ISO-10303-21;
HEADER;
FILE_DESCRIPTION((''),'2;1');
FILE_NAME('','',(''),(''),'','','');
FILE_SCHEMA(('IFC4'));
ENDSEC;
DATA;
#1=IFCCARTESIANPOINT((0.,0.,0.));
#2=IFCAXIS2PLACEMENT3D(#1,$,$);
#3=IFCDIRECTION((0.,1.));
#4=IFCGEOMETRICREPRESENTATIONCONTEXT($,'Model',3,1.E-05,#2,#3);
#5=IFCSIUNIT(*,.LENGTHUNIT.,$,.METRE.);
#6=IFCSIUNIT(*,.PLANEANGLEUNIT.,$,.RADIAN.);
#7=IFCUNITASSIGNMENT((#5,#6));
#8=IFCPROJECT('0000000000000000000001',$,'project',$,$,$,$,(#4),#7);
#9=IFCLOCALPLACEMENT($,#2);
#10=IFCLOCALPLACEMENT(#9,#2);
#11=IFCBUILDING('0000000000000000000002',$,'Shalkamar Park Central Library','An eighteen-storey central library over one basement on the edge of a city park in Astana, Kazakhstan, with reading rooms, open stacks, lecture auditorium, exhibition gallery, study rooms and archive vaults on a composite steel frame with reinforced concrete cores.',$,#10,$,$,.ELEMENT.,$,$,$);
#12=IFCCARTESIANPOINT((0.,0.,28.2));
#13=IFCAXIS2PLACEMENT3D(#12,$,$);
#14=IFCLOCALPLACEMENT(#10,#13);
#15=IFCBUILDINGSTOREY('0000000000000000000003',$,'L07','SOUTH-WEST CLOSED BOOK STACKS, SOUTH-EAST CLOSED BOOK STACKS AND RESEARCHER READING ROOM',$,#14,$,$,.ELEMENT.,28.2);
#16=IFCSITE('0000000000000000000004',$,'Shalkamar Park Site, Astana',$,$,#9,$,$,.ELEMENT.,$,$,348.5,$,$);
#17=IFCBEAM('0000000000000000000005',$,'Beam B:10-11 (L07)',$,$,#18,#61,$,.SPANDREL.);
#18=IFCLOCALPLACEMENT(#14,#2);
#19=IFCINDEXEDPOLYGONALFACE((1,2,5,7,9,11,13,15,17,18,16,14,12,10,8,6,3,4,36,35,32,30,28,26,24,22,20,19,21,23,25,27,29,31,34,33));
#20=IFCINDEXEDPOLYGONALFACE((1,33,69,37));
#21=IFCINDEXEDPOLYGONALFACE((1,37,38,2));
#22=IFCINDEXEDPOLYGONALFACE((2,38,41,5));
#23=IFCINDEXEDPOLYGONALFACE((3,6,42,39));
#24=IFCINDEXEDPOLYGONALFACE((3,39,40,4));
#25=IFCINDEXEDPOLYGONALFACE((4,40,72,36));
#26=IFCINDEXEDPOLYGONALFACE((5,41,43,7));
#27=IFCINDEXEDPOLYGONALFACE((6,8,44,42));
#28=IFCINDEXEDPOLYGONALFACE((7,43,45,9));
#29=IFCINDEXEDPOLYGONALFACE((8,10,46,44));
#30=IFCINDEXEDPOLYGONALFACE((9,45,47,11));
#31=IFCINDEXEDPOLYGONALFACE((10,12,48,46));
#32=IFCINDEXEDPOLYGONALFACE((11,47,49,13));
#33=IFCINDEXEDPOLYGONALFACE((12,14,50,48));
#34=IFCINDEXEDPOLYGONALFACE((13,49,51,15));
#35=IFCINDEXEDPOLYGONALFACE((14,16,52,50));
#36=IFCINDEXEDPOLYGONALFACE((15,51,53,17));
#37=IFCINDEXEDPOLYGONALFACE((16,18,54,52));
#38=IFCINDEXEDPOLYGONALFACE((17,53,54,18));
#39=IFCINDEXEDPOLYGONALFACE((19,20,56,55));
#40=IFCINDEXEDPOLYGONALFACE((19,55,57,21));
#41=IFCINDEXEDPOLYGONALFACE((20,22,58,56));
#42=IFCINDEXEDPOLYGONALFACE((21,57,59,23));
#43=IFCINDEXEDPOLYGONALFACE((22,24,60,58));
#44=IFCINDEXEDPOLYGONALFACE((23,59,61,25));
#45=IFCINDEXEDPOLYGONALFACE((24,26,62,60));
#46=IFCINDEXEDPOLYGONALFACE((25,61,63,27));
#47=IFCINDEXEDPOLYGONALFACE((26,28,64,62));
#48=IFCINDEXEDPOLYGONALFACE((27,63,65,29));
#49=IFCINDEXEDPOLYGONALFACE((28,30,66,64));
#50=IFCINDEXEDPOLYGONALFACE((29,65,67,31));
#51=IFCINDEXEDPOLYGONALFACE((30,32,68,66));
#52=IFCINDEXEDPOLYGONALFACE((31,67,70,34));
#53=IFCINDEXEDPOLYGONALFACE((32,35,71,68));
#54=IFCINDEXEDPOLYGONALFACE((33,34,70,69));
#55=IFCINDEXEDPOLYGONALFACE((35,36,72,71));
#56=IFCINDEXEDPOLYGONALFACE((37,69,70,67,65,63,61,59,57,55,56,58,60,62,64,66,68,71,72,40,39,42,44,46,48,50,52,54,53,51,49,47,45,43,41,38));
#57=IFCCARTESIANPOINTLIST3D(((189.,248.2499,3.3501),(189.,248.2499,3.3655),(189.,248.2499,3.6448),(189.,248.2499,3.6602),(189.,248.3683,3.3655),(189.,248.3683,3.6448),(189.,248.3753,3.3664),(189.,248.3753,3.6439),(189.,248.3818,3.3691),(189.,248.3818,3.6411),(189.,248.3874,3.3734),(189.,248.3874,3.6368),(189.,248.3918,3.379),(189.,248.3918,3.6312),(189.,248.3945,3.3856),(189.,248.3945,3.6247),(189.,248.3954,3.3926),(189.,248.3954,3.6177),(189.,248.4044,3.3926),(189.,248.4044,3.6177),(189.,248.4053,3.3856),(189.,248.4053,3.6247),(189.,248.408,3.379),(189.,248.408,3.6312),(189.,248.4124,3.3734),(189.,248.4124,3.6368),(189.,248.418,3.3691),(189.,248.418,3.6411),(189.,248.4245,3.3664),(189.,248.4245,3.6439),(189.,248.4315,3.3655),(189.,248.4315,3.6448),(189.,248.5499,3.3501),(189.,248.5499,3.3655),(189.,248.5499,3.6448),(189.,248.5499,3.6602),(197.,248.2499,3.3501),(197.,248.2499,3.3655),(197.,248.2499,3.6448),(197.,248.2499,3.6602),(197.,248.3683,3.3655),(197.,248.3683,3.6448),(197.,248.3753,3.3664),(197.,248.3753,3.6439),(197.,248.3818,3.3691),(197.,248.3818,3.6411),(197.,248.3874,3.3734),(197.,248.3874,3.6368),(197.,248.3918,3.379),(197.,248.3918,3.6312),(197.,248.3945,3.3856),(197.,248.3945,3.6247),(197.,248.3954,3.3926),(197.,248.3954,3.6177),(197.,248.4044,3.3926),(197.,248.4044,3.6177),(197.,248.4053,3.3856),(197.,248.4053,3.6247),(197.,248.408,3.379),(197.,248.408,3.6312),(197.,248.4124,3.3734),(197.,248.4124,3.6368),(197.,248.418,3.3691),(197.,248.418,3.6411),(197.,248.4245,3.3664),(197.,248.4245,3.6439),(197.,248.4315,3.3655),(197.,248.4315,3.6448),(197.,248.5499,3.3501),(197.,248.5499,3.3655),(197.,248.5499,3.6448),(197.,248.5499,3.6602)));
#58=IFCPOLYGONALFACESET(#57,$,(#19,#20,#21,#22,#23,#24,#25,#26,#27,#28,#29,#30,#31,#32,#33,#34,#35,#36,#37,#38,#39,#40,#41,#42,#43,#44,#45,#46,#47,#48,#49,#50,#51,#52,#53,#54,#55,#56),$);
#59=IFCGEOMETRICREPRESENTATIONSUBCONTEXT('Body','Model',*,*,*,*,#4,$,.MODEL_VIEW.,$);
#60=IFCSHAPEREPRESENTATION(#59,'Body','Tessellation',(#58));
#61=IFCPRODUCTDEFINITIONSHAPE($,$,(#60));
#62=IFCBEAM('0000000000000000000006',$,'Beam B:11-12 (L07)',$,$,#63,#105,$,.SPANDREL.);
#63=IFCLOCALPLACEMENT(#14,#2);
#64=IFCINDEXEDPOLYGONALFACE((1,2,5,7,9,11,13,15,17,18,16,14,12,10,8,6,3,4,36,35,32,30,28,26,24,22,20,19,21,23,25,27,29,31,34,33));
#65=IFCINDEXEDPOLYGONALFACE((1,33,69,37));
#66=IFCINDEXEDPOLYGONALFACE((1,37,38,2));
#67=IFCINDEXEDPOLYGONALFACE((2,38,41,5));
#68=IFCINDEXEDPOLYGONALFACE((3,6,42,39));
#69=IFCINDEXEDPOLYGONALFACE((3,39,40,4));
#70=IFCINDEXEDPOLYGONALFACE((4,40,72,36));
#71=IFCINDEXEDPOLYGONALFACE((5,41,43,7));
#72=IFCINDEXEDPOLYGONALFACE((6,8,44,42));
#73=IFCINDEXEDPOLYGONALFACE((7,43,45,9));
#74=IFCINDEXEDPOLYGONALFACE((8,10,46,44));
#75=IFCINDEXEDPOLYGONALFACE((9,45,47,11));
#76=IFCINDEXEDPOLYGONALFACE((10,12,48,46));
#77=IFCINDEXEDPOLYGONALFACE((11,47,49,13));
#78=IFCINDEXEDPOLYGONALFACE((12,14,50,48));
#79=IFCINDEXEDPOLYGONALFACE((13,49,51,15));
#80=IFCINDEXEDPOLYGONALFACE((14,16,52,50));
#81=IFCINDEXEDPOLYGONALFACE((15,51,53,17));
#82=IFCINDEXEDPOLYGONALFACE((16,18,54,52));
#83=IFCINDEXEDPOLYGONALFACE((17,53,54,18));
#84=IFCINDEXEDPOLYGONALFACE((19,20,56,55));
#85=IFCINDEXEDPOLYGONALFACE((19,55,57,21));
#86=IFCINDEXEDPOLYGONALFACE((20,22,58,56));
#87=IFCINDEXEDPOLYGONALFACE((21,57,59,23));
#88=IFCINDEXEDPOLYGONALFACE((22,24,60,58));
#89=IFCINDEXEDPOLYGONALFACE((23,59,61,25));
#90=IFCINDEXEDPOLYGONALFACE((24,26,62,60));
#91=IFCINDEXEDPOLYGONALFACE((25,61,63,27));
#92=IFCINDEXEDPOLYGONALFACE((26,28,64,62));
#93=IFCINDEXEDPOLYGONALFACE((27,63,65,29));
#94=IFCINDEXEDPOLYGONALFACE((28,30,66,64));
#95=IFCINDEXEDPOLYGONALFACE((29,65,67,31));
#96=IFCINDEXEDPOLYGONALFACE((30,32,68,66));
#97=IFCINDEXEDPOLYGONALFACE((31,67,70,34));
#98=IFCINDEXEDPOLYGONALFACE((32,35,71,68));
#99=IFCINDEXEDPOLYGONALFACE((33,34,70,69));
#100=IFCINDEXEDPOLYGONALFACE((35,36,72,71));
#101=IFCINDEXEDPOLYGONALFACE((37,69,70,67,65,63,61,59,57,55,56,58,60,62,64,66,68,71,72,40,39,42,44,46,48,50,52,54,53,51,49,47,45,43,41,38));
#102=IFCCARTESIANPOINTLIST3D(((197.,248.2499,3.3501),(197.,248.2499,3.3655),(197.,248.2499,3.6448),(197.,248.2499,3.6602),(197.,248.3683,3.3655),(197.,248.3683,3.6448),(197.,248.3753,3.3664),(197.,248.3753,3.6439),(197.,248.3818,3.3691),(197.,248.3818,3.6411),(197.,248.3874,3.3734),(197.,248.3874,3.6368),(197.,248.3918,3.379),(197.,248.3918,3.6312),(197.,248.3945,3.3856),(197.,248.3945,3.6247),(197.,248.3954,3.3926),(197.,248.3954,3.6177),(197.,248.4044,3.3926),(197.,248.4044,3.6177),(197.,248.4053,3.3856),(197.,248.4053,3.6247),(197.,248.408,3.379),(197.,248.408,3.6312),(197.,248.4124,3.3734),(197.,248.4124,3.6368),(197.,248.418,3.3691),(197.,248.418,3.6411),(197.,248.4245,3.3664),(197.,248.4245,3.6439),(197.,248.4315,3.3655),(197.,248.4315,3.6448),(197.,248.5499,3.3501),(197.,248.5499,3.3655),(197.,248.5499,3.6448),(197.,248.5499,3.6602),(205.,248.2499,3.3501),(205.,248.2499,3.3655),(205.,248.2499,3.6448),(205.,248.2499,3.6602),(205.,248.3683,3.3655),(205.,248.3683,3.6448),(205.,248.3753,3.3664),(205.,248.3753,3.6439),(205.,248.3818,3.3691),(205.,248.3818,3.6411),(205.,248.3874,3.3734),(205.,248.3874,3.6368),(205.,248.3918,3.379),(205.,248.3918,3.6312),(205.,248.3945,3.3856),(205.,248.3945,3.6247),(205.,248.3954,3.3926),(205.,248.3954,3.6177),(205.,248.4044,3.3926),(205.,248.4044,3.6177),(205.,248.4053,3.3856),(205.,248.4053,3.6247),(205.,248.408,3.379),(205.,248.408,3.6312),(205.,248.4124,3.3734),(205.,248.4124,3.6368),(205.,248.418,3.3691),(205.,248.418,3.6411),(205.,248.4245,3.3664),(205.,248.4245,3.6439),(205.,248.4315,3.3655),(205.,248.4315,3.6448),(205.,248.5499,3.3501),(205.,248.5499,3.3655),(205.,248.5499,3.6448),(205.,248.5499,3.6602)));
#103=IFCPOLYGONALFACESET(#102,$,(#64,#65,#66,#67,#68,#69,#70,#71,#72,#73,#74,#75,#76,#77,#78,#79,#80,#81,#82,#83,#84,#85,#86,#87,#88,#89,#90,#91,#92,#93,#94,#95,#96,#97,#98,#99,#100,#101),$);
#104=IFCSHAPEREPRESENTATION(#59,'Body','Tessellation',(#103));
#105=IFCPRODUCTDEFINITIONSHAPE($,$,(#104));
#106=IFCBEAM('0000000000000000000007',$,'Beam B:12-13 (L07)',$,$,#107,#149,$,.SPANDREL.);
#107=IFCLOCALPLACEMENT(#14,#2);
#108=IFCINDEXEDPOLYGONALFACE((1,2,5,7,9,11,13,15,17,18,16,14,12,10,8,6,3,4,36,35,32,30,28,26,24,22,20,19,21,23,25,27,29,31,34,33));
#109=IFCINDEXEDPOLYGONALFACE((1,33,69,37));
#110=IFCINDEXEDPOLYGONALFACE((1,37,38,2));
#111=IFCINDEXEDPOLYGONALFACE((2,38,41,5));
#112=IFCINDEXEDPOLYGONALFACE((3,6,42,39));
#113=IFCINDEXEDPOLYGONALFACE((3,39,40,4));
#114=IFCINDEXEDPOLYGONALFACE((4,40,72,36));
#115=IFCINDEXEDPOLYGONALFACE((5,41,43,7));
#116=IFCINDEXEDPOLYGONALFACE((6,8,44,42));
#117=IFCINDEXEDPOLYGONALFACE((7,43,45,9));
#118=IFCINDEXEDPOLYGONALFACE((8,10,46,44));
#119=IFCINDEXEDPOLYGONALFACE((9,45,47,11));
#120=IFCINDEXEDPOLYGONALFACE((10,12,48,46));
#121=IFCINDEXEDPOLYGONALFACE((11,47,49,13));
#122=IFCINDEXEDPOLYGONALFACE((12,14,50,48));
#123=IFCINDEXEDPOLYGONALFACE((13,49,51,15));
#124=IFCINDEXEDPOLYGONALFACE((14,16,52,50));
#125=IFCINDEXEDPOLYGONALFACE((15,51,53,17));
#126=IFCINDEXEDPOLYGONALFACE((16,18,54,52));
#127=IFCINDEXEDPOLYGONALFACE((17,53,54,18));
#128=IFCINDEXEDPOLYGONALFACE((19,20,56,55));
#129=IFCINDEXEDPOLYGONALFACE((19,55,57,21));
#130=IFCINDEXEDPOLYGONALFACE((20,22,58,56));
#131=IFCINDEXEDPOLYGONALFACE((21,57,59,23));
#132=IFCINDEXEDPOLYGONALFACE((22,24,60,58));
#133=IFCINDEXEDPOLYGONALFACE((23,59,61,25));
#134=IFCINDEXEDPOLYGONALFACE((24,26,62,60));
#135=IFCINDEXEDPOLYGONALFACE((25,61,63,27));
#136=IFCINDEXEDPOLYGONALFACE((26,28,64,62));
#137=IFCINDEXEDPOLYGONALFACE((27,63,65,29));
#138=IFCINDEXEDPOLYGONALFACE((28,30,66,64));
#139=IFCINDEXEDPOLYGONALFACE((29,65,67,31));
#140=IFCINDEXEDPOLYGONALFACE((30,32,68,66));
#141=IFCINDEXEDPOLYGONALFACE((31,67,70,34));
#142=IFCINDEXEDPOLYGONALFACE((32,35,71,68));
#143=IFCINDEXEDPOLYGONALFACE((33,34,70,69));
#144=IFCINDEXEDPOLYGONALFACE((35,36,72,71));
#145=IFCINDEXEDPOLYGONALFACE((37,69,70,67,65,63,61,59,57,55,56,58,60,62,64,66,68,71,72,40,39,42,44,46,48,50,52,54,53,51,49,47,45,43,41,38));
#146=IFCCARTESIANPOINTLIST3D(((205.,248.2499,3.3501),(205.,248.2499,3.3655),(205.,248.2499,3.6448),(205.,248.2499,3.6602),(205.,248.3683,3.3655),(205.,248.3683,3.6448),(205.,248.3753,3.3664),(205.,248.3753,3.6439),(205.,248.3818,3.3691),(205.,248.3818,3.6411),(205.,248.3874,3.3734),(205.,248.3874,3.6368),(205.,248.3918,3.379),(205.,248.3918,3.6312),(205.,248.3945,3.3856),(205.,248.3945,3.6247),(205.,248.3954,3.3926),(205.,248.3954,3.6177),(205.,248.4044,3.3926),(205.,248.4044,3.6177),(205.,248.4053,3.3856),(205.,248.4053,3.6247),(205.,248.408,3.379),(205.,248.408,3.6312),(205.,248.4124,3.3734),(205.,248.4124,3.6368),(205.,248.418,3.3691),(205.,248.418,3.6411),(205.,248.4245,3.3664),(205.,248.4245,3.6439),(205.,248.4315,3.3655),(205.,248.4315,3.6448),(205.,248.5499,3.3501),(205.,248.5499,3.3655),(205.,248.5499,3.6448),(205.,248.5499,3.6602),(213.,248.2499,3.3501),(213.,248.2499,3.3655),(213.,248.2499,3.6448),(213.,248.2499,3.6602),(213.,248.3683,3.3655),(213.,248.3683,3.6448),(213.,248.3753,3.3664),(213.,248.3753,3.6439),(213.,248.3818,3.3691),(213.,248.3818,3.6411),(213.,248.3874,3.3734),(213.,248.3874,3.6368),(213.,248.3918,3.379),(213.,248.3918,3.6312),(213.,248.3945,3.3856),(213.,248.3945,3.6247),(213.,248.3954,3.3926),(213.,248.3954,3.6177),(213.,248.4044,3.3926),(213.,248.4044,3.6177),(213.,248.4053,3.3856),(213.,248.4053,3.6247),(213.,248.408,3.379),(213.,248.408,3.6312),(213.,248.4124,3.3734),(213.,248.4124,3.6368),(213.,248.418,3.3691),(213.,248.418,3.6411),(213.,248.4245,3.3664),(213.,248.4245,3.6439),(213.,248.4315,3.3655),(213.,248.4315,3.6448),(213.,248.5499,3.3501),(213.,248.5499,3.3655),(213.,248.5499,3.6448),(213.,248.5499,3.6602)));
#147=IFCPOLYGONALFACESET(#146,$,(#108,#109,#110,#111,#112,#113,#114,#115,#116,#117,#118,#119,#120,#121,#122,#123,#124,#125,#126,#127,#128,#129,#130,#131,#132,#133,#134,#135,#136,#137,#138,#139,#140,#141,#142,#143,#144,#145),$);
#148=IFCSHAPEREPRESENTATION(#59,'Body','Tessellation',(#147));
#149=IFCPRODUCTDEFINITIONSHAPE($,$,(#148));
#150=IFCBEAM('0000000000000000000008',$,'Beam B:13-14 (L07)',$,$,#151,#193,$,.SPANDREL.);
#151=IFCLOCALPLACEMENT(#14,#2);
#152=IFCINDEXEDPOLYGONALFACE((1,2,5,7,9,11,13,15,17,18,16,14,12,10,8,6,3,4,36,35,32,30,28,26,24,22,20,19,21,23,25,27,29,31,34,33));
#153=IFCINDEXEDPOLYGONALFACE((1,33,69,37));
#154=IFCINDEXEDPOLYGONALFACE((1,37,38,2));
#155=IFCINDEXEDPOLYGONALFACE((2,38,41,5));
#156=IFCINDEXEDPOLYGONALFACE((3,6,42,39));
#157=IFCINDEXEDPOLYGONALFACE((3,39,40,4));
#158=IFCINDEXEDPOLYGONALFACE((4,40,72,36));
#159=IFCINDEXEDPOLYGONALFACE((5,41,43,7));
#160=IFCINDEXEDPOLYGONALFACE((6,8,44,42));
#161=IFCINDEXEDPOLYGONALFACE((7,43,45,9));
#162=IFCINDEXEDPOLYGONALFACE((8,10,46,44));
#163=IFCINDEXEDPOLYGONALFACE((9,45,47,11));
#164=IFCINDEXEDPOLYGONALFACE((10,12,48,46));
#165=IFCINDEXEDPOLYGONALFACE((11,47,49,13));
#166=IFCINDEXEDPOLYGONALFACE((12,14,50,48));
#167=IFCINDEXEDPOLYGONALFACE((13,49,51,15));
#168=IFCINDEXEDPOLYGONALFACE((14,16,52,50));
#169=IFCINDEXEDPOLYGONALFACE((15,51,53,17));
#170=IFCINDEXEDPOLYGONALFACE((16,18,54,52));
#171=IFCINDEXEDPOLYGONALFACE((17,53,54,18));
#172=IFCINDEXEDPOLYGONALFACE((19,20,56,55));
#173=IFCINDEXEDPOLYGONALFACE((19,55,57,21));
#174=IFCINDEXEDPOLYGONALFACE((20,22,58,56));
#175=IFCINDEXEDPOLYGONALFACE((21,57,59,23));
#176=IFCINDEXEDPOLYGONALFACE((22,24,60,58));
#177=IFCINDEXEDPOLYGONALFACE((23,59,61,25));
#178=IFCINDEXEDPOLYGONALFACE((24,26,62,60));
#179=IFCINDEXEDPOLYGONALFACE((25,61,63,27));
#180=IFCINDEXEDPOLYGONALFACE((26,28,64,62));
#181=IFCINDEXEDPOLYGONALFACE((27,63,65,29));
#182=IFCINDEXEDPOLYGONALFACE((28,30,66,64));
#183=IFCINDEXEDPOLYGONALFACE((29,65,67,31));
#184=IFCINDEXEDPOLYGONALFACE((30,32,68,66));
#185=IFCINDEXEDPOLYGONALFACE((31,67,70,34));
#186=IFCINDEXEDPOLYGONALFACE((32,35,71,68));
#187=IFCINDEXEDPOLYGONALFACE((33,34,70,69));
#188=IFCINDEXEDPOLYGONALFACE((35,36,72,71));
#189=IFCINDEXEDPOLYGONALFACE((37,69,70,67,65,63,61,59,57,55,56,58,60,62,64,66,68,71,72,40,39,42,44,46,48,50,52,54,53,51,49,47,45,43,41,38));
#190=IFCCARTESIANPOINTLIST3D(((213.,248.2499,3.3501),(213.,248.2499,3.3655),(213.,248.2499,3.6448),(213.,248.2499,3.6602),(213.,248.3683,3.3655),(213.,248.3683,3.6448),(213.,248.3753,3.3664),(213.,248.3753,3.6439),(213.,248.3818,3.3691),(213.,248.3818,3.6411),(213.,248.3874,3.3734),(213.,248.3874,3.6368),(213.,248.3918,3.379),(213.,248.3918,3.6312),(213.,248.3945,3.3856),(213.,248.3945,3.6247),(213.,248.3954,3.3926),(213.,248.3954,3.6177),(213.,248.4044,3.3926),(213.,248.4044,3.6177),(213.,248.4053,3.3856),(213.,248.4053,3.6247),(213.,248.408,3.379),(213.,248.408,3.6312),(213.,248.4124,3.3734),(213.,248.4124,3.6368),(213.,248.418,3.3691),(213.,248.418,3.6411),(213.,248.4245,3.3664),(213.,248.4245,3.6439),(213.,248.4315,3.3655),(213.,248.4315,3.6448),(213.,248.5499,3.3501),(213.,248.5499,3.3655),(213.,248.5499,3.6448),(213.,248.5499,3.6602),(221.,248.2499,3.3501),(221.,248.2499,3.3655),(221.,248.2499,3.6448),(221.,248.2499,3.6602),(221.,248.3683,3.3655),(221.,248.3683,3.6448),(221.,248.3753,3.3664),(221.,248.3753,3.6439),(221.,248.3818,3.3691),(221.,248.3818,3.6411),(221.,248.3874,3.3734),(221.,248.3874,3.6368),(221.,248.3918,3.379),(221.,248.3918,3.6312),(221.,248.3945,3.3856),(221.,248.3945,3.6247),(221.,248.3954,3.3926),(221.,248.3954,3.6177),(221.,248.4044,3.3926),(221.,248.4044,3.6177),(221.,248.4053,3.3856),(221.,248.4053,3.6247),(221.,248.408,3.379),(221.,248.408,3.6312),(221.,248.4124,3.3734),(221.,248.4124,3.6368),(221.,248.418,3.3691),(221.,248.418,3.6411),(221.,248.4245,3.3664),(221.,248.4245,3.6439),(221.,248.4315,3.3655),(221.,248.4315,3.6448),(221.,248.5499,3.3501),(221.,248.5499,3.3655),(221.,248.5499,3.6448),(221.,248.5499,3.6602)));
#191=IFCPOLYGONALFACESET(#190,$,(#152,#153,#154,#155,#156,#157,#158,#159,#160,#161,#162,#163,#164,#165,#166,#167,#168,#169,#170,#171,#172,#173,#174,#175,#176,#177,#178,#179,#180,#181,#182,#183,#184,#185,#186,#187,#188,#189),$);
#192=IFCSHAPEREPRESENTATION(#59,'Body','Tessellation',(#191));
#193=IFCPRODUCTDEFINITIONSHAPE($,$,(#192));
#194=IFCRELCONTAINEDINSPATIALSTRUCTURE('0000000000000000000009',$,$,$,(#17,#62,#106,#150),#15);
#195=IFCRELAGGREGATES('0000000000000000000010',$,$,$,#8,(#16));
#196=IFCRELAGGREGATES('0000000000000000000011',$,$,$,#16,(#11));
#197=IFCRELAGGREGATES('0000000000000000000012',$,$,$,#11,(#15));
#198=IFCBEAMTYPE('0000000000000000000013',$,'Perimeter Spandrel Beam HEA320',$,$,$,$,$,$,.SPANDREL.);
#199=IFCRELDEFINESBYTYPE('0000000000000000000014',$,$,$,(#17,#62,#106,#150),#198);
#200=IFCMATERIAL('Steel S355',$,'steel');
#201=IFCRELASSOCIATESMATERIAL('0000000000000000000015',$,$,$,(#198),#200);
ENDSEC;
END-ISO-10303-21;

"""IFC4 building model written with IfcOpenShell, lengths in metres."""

from ifc_helpers import new_model, si_unit, direction, frame, origin, origin_2d, place, context, subcontext, project, spatial, i_section, extrude, material, material_profile, profile_set, type_object, element, save


model = new_model("IFC4")

# Units and contexts
model_context = context("Model", 3, precision=1e-05, world=origin(), true_north=direction((0.0, 1.0)))
body_context = subcontext(model_context, "Body", "Model", "MODEL_VIEW")
ifc_project = project(units=[si_unit("LENGTHUNIT", "METRE"), si_unit("PLANEANGLEUNIT", "RADIAN")], contexts=[model_context])

# Site, building, storey
site_placement = place(None, origin())
site = spatial("IfcSite", under=ifc_project, at=site_placement, Name="Shalkamar Park Site, Astana", CompositionType="ELEMENT", RefElevation=348.5)
building_placement = place(site_placement, origin())
building = spatial("IfcBuilding", under=site, at=building_placement, Name="Shalkamar Park Central Library", Description="An eighteen-storey central library over one basement on the edge of a city park in Astana, Kazakhstan, with reading rooms, open stacks, lecture auditorium, exhibition gallery, study rooms and archive vaults on a composite steel frame with reinforced concrete cores.", CompositionType="ELEMENT")
storey_placement = place(building_placement, frame((0.0, 0.0, 28.2)))
storey = spatial("IfcBuildingStorey", under=building, at=storey_placement, Name="L07", Description="SOUTH-WEST CLOSED BOOK STACKS, SOUTH-EAST CLOSED BOOK STACKS AND RESEARCHER READING ROOM", CompositionType="ELEMENT", Elevation=28.2)

# Shared definitions
ifc_material_1 = material(Name="Steel S355", Category="steel")

# Beams
ifc_material_profile_1 = material_profile(ifc_material_1, i_section(OverallWidth=0.3, OverallDepth=0.3101, WebThickness=0.009, FlangeThickness=0.0154, FilletRadius=0.0271, at=origin_2d()), Name="HEA 320")
ifc_profile_set_1 = profile_set([ifc_material_profile_1], Name="Steel S355")
beam_type_1 = type_object("IfcBeamType", Name="Perimeter Spandrel Beam HEA320", PredefinedType="SPANDREL", material=ifc_profile_set_1)
for number, where, z_axis, x_axis, name in (
    (1, (189.0, 248.3999, 3.5051), (1.0, 0.0, 0.0), (0.0, 1.0, 0.0), "Beam B:10-11 (L07)"),
    (2, (197.0, 248.3999, 3.5051), (1.0, 0.0, 0.0), (0.0, 1.0, 0.0), "Beam B:11-12 (L07)"),
    (3, (205.0, 248.3999, 3.5051), (1.0, 0.0, 0.0), (0.0, 1.0, 0.0), "Beam B:12-13 (L07)"),
    (4, (213.0, 248.3999, 3.5051), (1.0, 0.0, 0.0), (0.0, 1.0, 0.0), "Beam B:13-14 (L07)"),
):
    element("IfcBeam", number, at=place(storey_placement, frame(where, z_axis=z_axis, x_axis=x_axis)), inside=storey, type_object=beam_type_1, Name=name, PredefinedType="SPANDREL", context=body_context, shape_type="SweptSolid", body=[
        extrude(i_section(OverallWidth=0.3, OverallDepth=0.3101, WebThickness=0.009, FlangeThickness=0.0154, FilletRadius=0.0271, at=origin_2d()), origin(), (0.0, 0.0, 1.0), 8.0),
    ])

save(model, "model.ifc")
